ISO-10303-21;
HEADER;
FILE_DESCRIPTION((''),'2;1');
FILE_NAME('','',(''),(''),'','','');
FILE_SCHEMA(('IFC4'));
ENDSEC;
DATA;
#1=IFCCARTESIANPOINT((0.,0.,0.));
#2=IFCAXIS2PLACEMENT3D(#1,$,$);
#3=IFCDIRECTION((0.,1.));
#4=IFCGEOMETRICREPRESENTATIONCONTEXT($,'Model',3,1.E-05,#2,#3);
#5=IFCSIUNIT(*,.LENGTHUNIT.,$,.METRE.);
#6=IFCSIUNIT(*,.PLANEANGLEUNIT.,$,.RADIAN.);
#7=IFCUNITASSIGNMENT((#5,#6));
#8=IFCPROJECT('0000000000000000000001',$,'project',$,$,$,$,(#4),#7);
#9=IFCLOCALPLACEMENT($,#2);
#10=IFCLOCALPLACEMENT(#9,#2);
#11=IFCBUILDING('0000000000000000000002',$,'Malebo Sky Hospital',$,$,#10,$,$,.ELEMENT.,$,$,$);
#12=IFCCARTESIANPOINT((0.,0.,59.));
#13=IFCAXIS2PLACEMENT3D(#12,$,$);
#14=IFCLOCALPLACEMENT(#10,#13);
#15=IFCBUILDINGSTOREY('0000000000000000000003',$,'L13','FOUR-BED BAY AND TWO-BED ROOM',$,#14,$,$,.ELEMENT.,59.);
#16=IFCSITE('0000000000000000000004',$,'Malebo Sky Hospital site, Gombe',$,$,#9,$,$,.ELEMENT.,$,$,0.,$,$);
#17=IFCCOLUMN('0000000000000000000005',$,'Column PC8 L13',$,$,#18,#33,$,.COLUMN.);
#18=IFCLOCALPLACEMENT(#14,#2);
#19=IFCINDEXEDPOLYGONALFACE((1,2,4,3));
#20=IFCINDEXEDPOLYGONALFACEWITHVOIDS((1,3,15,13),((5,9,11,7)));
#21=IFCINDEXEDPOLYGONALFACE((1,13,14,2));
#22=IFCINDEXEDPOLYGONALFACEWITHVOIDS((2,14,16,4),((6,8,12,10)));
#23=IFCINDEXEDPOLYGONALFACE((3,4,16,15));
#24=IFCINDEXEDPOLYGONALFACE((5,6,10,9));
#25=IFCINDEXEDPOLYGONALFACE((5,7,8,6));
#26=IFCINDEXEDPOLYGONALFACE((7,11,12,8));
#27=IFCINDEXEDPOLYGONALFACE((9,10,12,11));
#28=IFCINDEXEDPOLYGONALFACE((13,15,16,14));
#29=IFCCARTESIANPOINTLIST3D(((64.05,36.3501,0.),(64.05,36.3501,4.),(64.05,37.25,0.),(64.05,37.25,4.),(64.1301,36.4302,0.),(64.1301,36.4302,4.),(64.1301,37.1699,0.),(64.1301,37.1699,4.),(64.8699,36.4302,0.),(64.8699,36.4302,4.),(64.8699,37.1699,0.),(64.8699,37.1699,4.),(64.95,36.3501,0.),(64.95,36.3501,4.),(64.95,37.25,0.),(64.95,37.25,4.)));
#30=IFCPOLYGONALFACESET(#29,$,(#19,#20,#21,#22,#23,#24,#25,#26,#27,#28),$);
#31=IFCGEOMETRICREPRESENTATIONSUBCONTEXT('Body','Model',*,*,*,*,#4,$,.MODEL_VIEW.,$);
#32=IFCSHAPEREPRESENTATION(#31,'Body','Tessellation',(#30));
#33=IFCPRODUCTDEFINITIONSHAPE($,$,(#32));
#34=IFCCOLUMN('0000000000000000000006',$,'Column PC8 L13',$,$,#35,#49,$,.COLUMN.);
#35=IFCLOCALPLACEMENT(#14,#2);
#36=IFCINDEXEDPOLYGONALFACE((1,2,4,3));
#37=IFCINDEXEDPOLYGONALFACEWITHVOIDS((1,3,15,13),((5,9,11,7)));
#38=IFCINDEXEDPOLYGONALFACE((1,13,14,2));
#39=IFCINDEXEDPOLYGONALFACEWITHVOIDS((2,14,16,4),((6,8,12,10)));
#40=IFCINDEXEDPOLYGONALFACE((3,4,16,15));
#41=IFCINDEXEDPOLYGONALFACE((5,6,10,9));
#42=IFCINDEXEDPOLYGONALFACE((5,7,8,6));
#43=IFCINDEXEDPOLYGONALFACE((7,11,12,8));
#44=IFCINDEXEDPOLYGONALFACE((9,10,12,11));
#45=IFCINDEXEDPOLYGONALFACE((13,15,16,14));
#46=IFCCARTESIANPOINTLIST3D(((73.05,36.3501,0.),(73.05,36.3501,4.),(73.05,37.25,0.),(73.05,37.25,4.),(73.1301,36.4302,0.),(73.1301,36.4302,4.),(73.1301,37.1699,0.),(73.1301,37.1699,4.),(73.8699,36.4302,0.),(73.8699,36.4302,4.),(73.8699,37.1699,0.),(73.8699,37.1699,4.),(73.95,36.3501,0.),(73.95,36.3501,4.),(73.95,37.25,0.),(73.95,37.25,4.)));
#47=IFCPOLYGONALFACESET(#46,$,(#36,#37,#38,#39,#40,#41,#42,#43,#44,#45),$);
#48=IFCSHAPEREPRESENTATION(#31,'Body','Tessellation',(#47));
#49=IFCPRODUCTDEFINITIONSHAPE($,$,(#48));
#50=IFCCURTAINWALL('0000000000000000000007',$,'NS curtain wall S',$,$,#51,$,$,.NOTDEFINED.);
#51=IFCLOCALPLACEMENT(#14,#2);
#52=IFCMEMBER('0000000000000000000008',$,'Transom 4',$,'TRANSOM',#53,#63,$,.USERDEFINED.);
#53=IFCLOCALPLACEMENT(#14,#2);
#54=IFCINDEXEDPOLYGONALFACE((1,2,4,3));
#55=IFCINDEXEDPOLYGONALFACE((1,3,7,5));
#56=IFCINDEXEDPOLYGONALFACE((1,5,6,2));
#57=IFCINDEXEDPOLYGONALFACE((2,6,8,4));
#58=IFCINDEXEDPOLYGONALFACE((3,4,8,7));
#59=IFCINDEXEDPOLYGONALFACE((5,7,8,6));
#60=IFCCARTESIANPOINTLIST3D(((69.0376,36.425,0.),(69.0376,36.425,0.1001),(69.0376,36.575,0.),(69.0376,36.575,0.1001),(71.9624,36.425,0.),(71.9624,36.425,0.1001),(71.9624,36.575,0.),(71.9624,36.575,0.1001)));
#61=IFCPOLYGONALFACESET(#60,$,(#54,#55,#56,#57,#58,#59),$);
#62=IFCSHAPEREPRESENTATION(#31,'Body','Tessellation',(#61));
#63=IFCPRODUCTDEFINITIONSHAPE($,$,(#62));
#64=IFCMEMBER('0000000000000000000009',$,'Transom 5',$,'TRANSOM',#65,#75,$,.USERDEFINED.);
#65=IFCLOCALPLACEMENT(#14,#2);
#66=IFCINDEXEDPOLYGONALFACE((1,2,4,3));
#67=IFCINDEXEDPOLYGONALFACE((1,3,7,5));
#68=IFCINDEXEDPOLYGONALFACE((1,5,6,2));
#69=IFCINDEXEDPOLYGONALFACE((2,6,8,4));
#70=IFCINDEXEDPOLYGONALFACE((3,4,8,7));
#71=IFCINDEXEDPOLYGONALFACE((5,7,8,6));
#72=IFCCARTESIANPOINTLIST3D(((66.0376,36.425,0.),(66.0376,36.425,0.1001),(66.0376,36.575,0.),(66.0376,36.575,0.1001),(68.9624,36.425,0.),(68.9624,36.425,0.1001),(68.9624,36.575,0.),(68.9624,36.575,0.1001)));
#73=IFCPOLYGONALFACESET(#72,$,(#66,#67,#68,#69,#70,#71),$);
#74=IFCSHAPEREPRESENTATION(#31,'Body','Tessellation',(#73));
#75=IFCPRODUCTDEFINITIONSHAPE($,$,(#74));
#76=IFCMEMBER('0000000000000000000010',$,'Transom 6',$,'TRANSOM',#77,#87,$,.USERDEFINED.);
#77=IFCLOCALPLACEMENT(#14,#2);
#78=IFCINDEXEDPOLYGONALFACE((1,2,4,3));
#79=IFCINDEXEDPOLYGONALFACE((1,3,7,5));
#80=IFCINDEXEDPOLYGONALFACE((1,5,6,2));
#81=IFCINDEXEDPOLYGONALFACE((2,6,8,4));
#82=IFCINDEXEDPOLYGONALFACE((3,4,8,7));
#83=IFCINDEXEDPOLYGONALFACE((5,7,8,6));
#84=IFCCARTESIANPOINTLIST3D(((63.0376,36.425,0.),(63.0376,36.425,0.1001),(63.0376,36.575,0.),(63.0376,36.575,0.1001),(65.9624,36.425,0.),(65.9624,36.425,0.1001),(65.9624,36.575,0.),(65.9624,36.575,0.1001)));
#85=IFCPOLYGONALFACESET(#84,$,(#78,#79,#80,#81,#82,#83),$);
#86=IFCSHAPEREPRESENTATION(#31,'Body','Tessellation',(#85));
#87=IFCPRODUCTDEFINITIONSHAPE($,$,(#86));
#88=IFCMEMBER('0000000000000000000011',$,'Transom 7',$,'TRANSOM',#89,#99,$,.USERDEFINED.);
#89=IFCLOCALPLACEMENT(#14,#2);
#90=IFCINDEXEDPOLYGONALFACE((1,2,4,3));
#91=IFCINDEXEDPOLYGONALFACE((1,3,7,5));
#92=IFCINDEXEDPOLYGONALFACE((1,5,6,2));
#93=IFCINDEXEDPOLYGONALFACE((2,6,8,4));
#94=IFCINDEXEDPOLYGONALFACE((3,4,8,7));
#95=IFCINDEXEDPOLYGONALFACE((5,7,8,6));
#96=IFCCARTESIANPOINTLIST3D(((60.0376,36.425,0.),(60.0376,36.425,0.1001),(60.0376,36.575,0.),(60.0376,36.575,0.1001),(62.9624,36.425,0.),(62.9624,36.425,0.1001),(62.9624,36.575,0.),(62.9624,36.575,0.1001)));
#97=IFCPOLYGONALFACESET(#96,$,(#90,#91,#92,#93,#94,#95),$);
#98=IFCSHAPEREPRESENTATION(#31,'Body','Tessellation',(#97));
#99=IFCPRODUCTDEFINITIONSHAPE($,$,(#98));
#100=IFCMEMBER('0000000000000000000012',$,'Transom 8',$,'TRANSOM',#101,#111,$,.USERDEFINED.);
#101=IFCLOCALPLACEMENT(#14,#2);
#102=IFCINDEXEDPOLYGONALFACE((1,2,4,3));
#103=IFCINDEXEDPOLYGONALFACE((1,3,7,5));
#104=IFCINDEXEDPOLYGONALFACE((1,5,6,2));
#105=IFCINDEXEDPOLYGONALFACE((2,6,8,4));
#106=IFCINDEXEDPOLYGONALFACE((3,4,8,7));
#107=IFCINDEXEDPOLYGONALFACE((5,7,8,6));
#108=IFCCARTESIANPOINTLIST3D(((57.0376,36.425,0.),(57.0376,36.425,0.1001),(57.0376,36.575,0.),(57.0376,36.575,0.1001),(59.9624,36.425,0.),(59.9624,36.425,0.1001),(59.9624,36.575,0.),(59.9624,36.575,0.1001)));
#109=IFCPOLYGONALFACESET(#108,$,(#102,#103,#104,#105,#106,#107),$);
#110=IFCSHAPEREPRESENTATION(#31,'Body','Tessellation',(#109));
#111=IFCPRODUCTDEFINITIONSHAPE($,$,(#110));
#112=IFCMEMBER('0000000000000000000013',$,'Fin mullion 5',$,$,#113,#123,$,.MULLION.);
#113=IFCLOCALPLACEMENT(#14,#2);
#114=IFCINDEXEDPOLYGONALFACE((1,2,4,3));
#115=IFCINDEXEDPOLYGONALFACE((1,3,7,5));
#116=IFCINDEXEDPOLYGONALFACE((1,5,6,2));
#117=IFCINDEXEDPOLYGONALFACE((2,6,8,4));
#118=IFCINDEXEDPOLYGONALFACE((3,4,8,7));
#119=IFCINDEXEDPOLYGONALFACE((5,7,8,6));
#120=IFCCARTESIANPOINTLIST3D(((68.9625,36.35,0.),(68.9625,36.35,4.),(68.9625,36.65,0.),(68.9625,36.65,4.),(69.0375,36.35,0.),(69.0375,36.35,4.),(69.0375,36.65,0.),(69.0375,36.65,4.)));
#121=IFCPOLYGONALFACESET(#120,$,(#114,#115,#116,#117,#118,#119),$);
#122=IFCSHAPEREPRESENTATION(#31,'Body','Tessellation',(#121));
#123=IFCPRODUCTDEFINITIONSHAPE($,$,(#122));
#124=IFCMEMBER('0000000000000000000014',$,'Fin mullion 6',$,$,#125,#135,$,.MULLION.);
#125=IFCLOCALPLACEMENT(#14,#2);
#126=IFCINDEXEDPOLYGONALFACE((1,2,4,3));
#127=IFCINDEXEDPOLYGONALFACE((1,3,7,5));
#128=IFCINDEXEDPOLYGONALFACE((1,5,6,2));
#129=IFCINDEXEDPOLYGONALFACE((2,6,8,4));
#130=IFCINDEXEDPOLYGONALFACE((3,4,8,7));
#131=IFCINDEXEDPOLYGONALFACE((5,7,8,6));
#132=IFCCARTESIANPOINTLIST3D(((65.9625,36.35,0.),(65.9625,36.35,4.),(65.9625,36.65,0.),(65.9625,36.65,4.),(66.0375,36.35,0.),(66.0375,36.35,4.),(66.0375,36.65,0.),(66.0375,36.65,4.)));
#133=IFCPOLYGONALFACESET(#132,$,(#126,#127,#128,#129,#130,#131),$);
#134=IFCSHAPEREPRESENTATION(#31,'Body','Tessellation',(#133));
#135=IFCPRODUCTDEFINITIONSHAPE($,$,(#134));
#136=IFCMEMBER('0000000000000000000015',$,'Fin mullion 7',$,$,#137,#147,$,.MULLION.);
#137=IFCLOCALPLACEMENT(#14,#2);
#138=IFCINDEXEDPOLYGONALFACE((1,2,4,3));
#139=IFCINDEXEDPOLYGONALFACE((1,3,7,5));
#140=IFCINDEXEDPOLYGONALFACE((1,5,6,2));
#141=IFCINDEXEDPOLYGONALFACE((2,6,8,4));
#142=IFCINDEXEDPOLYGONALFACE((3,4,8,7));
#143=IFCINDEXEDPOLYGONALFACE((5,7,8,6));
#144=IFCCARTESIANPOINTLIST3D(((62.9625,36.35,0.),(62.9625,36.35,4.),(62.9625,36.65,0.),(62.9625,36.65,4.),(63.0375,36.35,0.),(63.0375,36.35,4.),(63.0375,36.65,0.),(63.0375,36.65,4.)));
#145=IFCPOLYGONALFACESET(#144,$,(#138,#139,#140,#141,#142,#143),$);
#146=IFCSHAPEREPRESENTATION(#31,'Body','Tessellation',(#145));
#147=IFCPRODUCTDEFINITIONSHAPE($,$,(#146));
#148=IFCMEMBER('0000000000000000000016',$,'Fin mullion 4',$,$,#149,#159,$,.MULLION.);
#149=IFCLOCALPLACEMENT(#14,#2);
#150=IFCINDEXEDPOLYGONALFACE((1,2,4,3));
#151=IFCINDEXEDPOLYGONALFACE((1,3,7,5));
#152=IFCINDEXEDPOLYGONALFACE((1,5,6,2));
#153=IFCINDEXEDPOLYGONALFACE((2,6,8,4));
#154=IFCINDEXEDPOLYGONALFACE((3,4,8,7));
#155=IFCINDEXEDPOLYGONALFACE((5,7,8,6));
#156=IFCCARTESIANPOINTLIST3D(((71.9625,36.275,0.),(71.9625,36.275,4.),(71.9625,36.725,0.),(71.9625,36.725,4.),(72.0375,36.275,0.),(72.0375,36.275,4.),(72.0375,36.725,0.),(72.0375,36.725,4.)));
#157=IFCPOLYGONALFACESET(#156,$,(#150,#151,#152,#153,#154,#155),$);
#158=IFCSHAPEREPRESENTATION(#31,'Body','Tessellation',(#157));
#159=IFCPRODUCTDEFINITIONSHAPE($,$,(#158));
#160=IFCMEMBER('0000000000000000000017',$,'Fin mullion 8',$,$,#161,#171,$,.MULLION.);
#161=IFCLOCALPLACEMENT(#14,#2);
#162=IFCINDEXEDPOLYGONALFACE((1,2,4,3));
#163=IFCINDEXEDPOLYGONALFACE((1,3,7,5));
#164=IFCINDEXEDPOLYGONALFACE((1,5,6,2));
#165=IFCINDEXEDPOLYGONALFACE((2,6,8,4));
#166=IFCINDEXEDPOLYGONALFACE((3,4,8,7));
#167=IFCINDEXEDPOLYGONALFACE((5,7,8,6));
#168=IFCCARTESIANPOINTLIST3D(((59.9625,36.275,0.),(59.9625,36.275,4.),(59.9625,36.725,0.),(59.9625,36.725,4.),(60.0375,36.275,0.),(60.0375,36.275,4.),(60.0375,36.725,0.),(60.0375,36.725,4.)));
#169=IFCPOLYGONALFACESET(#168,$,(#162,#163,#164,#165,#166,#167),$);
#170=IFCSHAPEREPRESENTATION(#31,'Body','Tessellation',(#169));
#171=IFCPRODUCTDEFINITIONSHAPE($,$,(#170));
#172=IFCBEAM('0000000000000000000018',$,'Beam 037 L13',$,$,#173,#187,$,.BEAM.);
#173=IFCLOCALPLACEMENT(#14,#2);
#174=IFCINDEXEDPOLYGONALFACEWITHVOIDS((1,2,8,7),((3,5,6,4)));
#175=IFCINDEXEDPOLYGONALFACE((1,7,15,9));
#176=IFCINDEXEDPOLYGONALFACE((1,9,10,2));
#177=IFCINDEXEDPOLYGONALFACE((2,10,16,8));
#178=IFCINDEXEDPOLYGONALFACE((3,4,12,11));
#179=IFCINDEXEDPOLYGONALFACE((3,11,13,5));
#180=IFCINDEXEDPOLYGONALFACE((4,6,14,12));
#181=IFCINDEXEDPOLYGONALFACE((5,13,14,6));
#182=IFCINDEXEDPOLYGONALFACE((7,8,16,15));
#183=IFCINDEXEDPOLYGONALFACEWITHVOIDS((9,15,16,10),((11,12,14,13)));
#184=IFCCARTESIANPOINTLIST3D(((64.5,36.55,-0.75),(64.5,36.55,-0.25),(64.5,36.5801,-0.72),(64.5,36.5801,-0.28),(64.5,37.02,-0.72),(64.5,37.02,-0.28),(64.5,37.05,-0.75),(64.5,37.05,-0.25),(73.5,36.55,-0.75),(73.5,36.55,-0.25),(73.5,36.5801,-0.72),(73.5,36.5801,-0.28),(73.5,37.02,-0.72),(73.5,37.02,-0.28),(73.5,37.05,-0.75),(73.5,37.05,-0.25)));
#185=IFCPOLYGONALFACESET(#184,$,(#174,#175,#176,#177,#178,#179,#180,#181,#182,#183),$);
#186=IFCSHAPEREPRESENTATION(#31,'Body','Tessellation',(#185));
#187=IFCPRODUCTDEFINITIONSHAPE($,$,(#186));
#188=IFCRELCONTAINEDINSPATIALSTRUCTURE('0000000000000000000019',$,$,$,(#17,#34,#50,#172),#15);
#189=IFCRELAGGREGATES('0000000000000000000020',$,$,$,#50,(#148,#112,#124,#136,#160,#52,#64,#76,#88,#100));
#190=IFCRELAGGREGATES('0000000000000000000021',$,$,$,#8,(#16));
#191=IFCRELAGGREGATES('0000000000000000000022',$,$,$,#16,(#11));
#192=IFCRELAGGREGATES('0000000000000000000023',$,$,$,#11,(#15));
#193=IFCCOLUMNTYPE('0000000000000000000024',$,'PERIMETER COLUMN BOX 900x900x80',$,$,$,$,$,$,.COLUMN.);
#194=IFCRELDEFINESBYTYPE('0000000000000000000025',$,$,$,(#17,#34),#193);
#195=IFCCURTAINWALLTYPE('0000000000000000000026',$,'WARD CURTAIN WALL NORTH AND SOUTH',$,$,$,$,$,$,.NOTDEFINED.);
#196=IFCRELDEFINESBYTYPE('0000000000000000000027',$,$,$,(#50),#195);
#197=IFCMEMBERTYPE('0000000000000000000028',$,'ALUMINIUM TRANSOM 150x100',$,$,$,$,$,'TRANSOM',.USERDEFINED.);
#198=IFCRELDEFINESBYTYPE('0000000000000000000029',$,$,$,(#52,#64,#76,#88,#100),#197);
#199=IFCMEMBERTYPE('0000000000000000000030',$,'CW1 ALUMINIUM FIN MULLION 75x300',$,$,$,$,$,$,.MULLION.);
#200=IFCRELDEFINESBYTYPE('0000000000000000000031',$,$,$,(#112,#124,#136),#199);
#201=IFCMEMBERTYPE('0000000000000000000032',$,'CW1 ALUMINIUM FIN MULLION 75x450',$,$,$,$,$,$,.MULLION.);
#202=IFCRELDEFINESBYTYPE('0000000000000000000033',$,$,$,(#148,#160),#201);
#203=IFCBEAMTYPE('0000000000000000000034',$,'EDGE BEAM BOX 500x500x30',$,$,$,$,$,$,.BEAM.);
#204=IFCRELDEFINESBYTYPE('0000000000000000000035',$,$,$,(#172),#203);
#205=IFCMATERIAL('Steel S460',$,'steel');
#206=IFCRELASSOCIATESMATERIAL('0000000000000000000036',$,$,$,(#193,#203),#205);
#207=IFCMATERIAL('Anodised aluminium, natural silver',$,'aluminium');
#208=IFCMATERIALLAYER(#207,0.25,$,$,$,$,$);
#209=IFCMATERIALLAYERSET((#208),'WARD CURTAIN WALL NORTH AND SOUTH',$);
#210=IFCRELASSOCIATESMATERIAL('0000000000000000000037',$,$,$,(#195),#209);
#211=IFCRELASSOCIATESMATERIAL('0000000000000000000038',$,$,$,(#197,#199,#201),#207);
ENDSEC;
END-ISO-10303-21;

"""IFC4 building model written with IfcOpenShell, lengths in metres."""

from ifc_helpers import new_model, si_unit, direction, frame, origin, origin_2d, place, context, subcontext, project, spatial, rectangle, hollow_rectangle, extrude, material, layer, layer_set, material_profile, profile_set, type_object, element, aggregate, save


model = new_model("IFC4")

# Units and contexts
model_context = context("Model", 3, precision=1e-05, world=origin(), true_north=direction((0.0, 1.0)))
body_context = subcontext(model_context, "Body", "Model", "MODEL_VIEW")
ifc_project = project(units=[si_unit("LENGTHUNIT", "METRE"), si_unit("PLANEANGLEUNIT", "RADIAN")], contexts=[model_context])

# Site, building, storey
site_placement = place(None, origin())
site = spatial("IfcSite", under=ifc_project, at=site_placement, Name="Malebo Sky Hospital site, Gombe", CompositionType="ELEMENT", RefElevation=0.0)
building_placement = place(site_placement, origin())
building = spatial("IfcBuilding", under=site, at=building_placement, Name="Malebo Sky Hospital", CompositionType="ELEMENT")
storey_placement = place(building_placement, frame((0.0, 0.0, 59.0)))
storey = spatial("IfcBuildingStorey", under=building, at=storey_placement, Name="L13", Description="FOUR-BED BAY AND TWO-BED ROOM", CompositionType="ELEMENT", Elevation=59.0)

# Columns
ifc_material_1 = material(Name="Steel S460", Category="steel")
ifc_material_profile_1 = material_profile(ifc_material_1, hollow_rectangle(XDim=0.8999, YDim=0.8999, WallThickness=0.0801, at=origin_2d()), Name="BOX 900x900x80")
ifc_profile_set_1 = profile_set([ifc_material_profile_1], Name="Steel S460")
column_type = type_object("IfcColumnType", Name="PERIMETER COLUMN BOX 900x900x80", PredefinedType="COLUMN", material=ifc_profile_set_1)
for number, where, z_axis, x_axis, name in (
    (1, (64.5, 36.8, 0.0), (0.0, 0.0, 1.0), (1.0, 0.0, 0.0), "Column PC8 L13"),
    (2, (73.5, 36.8, 0.0), (0.0, 0.0, 1.0), (1.0, 0.0, 0.0), "Column PC8 L13"),
):
    element("IfcColumn", number, at=place(storey_placement, frame(where, z_axis=z_axis, x_axis=x_axis)), inside=storey, type_object=column_type, Name=name, PredefinedType="COLUMN", context=body_context, shape_type="SweptSolid", body=[
        extrude(hollow_rectangle(XDim=0.8999, YDim=0.8999, WallThickness=0.0801, at=origin_2d()), origin(), (0.0, 0.0, 1.0), 4.0),
    ])

# Curtain wall, members
ifc_material_2 = material(Name="Anodised aluminium, natural silver", Category="aluminium")
ifc_layer_1 = layer(ifc_material_2, 0.25)
ifc_layer_set_1 = layer_set([ifc_layer_1], Name="WARD CURTAIN WALL NORTH AND SOUTH")
curtain_wall_type = type_object("IfcCurtainWallType", Name="WARD CURTAIN WALL NORTH AND SOUTH", PredefinedType="NOTDEFINED", material=ifc_layer_set_1)
curtain_wall_placement = place(storey_placement, origin())
curtain_wall = element("IfcCurtainWall", 3, at=curtain_wall_placement, inside=storey, type_object=curtain_wall_type, Name="NS curtain wall S", PredefinedType="NOTDEFINED")
ifc_material_profile_2 = material_profile(ifc_material_2, rectangle(XDim=0.1499, YDim=0.1001, at=origin_2d()), Name="ALUMINIUM TRANSOM 150x100")
ifc_profile_set_2 = profile_set([ifc_material_profile_2], Name="Anodised aluminium, natural silver")
member_type_1 = type_object("IfcMemberType", Name="ALUMINIUM TRANSOM 150x100", ElementType="TRANSOM", PredefinedType="USERDEFINED", material=ifc_profile_set_2)
member_1_placement = place(storey_placement, frame((71.9624, 36.5, 0.05), z_axis=(-1.0, 0.0, 0.0), x_axis=(0.0, -1.0, 0.0)))
member_1 = element("IfcMember", 4, at=member_1_placement, type_object=member_type_1, Name="Transom 4", ObjectType="TRANSOM", PredefinedType="USERDEFINED", context=body_context, shape_type="SweptSolid", body=[
    extrude(rectangle(XDim=0.1499, YDim=0.1001, at=origin_2d()), origin(), (0.0, 0.0, 1.0), 2.9248),
])
member_2_placement = place(storey_placement, frame((68.9624, 36.5, 0.05), z_axis=(-1.0, 0.0, 0.0), x_axis=(0.0, -1.0, 0.0)))
member_2 = element("IfcMember", 5, at=member_2_placement, type_object=member_type_1, Name="Transom 5", ObjectType="TRANSOM", PredefinedType="USERDEFINED", context=body_context, shape_type="SweptSolid", body=[
    extrude(rectangle(XDim=0.1499, YDim=0.1001, at=origin_2d()), origin(), (0.0, 0.0, 1.0), 2.9248),
])
member_3_placement = place(storey_placement, frame((65.9624, 36.5, 0.05), z_axis=(-1.0, 0.0, 0.0), x_axis=(0.0, -1.0, 0.0)))
member_3 = element("IfcMember", 6, at=member_3_placement, type_object=member_type_1, Name="Transom 6", ObjectType="TRANSOM", PredefinedType="USERDEFINED", context=body_context, shape_type="SweptSolid", body=[
    extrude(rectangle(XDim=0.1499, YDim=0.1001, at=origin_2d()), origin(), (0.0, 0.0, 1.0), 2.9248),
])
member_4_placement = place(storey_placement, frame((62.9624, 36.5, 0.05), z_axis=(-1.0, 0.0, 0.0), x_axis=(0.0, -1.0, 0.0)))
member_4 = element("IfcMember", 7, at=member_4_placement, type_object=member_type_1, Name="Transom 7", ObjectType="TRANSOM", PredefinedType="USERDEFINED", context=body_context, shape_type="SweptSolid", body=[
    extrude(rectangle(XDim=0.1499, YDim=0.1001, at=origin_2d()), origin(), (0.0, 0.0, 1.0), 2.9248),
])
member_5_placement = place(storey_placement, frame((59.9624, 36.5, 0.05), z_axis=(-1.0, 0.0, 0.0), x_axis=(0.0, -1.0, 0.0)))
member_5 = element("IfcMember", 8, at=member_5_placement, type_object=member_type_1, Name="Transom 8", ObjectType="TRANSOM", PredefinedType="USERDEFINED", context=body_context, shape_type="SweptSolid", body=[
    extrude(rectangle(XDim=0.1499, YDim=0.1001, at=origin_2d()), origin(), (0.0, 0.0, 1.0), 2.9248),
])
ifc_material_profile_3 = material_profile(ifc_material_2, rectangle(XDim=0.075, YDim=0.3, at=origin_2d()), Name="CW1 ALUMINIUM FIN MULLION 75x300")
ifc_profile_set_3 = profile_set([ifc_material_profile_3], Name="Anodised aluminium, natural silver")
member_type_2 = type_object("IfcMemberType", Name="CW1 ALUMINIUM FIN MULLION 75x300", PredefinedType="MULLION", material=ifc_profile_set_3)
member_6_placement = place(storey_placement, frame((69.0, 36.5, 0.0), z_axis=(0.0, 0.0, 1.0), x_axis=(-1.0, 0.0, 0.0)))
member_6 = element("IfcMember", 9, at=member_6_placement, type_object=member_type_2, Name="Fin mullion 5", PredefinedType="MULLION", context=body_context, shape_type="SweptSolid", body=[
    extrude(rectangle(XDim=0.075, YDim=0.3, at=origin_2d()), origin(), (0.0, 0.0, 1.0), 4.0),
])
member_7_placement = place(storey_placement, frame((66.0, 36.5, 0.0), z_axis=(0.0, 0.0, 1.0), x_axis=(-1.0, 0.0, 0.0)))
member_7 = element("IfcMember", 10, at=member_7_placement, type_object=member_type_2, Name="Fin mullion 6", PredefinedType="MULLION", context=body_context, shape_type="SweptSolid", body=[
    extrude(rectangle(XDim=0.075, YDim=0.3, at=origin_2d()), origin(), (0.0, 0.0, 1.0), 4.0),
])
member_8_placement = place(storey_placement, frame((63.0, 36.5, 0.0), z_axis=(0.0, 0.0, 1.0), x_axis=(-1.0, 0.0, 0.0)))
member_8 = element("IfcMember", 11, at=member_8_placement, type_object=member_type_2, Name="Fin mullion 7", PredefinedType="MULLION", context=body_context, shape_type="SweptSolid", body=[
    extrude(rectangle(XDim=0.075, YDim=0.3, at=origin_2d()), origin(), (0.0, 0.0, 1.0), 4.0),
])
ifc_material_profile_4 = material_profile(ifc_material_2, rectangle(XDim=0.075, YDim=0.45, at=origin_2d()), Name="CW1 ALUMINIUM FIN MULLION 75x450")
ifc_profile_set_4 = profile_set([ifc_material_profile_4], Name="Anodised aluminium, natural silver")
member_type_3 = type_object("IfcMemberType", Name="CW1 ALUMINIUM FIN MULLION 75x450", PredefinedType="MULLION", material=ifc_profile_set_4)
member_9_placement = place(storey_placement, frame((72.0, 36.5, 0.0), z_axis=(0.0, 0.0, 1.0), x_axis=(-1.0, 0.0, 0.0)))
member_9 = element("IfcMember", 12, at=member_9_placement, type_object=member_type_3, Name="Fin mullion 4", PredefinedType="MULLION", context=body_context, shape_type="SweptSolid", body=[
    extrude(rectangle(XDim=0.075, YDim=0.45, at=origin_2d()), origin(), (0.0, 0.0, 1.0), 4.0),
])
member_10_placement = place(storey_placement, frame((60.0, 36.5, 0.0), z_axis=(0.0, 0.0, 1.0), x_axis=(-1.0, 0.0, 0.0)))
member_10 = element("IfcMember", 13, at=member_10_placement, type_object=member_type_3, Name="Fin mullion 8", PredefinedType="MULLION", context=body_context, shape_type="SweptSolid", body=[
    extrude(rectangle(XDim=0.075, YDim=0.45, at=origin_2d()), origin(), (0.0, 0.0, 1.0), 4.0),
])

# Beam
ifc_material_profile_5 = material_profile(ifc_material_1, hollow_rectangle(XDim=0.5, YDim=0.5, WallThickness=0.03, at=origin_2d()), Name="BOX 500x500x30")
ifc_profile_set_5 = profile_set([ifc_material_profile_5], Name="Steel S460")
beam_type_1 = type_object("IfcBeamType", Name="EDGE BEAM BOX 500x500x30", PredefinedType="BEAM", material=ifc_profile_set_5)
beam_1_placement = place(storey_placement, frame((64.5, 36.8, -0.5), z_axis=(1.0, 0.0, 0.0), x_axis=(0.0, 1.0, 0.0)))
element("IfcBeam", 14, at=beam_1_placement, inside=storey, type_object=beam_type_1, Name="Beam 037 L13", PredefinedType="BEAM", context=body_context, shape_type="SweptSolid", body=[
    extrude(hollow_rectangle(XDim=0.5, YDim=0.5, WallThickness=0.03, at=origin_2d()), origin(), (0.0, 0.0, 1.0), 9.0),
])

aggregate(curtain_wall, [member_9, member_6, member_7, member_8, member_10, member_1, member_2, member_3, member_4, member_5])

save(model, "model.ifc")
